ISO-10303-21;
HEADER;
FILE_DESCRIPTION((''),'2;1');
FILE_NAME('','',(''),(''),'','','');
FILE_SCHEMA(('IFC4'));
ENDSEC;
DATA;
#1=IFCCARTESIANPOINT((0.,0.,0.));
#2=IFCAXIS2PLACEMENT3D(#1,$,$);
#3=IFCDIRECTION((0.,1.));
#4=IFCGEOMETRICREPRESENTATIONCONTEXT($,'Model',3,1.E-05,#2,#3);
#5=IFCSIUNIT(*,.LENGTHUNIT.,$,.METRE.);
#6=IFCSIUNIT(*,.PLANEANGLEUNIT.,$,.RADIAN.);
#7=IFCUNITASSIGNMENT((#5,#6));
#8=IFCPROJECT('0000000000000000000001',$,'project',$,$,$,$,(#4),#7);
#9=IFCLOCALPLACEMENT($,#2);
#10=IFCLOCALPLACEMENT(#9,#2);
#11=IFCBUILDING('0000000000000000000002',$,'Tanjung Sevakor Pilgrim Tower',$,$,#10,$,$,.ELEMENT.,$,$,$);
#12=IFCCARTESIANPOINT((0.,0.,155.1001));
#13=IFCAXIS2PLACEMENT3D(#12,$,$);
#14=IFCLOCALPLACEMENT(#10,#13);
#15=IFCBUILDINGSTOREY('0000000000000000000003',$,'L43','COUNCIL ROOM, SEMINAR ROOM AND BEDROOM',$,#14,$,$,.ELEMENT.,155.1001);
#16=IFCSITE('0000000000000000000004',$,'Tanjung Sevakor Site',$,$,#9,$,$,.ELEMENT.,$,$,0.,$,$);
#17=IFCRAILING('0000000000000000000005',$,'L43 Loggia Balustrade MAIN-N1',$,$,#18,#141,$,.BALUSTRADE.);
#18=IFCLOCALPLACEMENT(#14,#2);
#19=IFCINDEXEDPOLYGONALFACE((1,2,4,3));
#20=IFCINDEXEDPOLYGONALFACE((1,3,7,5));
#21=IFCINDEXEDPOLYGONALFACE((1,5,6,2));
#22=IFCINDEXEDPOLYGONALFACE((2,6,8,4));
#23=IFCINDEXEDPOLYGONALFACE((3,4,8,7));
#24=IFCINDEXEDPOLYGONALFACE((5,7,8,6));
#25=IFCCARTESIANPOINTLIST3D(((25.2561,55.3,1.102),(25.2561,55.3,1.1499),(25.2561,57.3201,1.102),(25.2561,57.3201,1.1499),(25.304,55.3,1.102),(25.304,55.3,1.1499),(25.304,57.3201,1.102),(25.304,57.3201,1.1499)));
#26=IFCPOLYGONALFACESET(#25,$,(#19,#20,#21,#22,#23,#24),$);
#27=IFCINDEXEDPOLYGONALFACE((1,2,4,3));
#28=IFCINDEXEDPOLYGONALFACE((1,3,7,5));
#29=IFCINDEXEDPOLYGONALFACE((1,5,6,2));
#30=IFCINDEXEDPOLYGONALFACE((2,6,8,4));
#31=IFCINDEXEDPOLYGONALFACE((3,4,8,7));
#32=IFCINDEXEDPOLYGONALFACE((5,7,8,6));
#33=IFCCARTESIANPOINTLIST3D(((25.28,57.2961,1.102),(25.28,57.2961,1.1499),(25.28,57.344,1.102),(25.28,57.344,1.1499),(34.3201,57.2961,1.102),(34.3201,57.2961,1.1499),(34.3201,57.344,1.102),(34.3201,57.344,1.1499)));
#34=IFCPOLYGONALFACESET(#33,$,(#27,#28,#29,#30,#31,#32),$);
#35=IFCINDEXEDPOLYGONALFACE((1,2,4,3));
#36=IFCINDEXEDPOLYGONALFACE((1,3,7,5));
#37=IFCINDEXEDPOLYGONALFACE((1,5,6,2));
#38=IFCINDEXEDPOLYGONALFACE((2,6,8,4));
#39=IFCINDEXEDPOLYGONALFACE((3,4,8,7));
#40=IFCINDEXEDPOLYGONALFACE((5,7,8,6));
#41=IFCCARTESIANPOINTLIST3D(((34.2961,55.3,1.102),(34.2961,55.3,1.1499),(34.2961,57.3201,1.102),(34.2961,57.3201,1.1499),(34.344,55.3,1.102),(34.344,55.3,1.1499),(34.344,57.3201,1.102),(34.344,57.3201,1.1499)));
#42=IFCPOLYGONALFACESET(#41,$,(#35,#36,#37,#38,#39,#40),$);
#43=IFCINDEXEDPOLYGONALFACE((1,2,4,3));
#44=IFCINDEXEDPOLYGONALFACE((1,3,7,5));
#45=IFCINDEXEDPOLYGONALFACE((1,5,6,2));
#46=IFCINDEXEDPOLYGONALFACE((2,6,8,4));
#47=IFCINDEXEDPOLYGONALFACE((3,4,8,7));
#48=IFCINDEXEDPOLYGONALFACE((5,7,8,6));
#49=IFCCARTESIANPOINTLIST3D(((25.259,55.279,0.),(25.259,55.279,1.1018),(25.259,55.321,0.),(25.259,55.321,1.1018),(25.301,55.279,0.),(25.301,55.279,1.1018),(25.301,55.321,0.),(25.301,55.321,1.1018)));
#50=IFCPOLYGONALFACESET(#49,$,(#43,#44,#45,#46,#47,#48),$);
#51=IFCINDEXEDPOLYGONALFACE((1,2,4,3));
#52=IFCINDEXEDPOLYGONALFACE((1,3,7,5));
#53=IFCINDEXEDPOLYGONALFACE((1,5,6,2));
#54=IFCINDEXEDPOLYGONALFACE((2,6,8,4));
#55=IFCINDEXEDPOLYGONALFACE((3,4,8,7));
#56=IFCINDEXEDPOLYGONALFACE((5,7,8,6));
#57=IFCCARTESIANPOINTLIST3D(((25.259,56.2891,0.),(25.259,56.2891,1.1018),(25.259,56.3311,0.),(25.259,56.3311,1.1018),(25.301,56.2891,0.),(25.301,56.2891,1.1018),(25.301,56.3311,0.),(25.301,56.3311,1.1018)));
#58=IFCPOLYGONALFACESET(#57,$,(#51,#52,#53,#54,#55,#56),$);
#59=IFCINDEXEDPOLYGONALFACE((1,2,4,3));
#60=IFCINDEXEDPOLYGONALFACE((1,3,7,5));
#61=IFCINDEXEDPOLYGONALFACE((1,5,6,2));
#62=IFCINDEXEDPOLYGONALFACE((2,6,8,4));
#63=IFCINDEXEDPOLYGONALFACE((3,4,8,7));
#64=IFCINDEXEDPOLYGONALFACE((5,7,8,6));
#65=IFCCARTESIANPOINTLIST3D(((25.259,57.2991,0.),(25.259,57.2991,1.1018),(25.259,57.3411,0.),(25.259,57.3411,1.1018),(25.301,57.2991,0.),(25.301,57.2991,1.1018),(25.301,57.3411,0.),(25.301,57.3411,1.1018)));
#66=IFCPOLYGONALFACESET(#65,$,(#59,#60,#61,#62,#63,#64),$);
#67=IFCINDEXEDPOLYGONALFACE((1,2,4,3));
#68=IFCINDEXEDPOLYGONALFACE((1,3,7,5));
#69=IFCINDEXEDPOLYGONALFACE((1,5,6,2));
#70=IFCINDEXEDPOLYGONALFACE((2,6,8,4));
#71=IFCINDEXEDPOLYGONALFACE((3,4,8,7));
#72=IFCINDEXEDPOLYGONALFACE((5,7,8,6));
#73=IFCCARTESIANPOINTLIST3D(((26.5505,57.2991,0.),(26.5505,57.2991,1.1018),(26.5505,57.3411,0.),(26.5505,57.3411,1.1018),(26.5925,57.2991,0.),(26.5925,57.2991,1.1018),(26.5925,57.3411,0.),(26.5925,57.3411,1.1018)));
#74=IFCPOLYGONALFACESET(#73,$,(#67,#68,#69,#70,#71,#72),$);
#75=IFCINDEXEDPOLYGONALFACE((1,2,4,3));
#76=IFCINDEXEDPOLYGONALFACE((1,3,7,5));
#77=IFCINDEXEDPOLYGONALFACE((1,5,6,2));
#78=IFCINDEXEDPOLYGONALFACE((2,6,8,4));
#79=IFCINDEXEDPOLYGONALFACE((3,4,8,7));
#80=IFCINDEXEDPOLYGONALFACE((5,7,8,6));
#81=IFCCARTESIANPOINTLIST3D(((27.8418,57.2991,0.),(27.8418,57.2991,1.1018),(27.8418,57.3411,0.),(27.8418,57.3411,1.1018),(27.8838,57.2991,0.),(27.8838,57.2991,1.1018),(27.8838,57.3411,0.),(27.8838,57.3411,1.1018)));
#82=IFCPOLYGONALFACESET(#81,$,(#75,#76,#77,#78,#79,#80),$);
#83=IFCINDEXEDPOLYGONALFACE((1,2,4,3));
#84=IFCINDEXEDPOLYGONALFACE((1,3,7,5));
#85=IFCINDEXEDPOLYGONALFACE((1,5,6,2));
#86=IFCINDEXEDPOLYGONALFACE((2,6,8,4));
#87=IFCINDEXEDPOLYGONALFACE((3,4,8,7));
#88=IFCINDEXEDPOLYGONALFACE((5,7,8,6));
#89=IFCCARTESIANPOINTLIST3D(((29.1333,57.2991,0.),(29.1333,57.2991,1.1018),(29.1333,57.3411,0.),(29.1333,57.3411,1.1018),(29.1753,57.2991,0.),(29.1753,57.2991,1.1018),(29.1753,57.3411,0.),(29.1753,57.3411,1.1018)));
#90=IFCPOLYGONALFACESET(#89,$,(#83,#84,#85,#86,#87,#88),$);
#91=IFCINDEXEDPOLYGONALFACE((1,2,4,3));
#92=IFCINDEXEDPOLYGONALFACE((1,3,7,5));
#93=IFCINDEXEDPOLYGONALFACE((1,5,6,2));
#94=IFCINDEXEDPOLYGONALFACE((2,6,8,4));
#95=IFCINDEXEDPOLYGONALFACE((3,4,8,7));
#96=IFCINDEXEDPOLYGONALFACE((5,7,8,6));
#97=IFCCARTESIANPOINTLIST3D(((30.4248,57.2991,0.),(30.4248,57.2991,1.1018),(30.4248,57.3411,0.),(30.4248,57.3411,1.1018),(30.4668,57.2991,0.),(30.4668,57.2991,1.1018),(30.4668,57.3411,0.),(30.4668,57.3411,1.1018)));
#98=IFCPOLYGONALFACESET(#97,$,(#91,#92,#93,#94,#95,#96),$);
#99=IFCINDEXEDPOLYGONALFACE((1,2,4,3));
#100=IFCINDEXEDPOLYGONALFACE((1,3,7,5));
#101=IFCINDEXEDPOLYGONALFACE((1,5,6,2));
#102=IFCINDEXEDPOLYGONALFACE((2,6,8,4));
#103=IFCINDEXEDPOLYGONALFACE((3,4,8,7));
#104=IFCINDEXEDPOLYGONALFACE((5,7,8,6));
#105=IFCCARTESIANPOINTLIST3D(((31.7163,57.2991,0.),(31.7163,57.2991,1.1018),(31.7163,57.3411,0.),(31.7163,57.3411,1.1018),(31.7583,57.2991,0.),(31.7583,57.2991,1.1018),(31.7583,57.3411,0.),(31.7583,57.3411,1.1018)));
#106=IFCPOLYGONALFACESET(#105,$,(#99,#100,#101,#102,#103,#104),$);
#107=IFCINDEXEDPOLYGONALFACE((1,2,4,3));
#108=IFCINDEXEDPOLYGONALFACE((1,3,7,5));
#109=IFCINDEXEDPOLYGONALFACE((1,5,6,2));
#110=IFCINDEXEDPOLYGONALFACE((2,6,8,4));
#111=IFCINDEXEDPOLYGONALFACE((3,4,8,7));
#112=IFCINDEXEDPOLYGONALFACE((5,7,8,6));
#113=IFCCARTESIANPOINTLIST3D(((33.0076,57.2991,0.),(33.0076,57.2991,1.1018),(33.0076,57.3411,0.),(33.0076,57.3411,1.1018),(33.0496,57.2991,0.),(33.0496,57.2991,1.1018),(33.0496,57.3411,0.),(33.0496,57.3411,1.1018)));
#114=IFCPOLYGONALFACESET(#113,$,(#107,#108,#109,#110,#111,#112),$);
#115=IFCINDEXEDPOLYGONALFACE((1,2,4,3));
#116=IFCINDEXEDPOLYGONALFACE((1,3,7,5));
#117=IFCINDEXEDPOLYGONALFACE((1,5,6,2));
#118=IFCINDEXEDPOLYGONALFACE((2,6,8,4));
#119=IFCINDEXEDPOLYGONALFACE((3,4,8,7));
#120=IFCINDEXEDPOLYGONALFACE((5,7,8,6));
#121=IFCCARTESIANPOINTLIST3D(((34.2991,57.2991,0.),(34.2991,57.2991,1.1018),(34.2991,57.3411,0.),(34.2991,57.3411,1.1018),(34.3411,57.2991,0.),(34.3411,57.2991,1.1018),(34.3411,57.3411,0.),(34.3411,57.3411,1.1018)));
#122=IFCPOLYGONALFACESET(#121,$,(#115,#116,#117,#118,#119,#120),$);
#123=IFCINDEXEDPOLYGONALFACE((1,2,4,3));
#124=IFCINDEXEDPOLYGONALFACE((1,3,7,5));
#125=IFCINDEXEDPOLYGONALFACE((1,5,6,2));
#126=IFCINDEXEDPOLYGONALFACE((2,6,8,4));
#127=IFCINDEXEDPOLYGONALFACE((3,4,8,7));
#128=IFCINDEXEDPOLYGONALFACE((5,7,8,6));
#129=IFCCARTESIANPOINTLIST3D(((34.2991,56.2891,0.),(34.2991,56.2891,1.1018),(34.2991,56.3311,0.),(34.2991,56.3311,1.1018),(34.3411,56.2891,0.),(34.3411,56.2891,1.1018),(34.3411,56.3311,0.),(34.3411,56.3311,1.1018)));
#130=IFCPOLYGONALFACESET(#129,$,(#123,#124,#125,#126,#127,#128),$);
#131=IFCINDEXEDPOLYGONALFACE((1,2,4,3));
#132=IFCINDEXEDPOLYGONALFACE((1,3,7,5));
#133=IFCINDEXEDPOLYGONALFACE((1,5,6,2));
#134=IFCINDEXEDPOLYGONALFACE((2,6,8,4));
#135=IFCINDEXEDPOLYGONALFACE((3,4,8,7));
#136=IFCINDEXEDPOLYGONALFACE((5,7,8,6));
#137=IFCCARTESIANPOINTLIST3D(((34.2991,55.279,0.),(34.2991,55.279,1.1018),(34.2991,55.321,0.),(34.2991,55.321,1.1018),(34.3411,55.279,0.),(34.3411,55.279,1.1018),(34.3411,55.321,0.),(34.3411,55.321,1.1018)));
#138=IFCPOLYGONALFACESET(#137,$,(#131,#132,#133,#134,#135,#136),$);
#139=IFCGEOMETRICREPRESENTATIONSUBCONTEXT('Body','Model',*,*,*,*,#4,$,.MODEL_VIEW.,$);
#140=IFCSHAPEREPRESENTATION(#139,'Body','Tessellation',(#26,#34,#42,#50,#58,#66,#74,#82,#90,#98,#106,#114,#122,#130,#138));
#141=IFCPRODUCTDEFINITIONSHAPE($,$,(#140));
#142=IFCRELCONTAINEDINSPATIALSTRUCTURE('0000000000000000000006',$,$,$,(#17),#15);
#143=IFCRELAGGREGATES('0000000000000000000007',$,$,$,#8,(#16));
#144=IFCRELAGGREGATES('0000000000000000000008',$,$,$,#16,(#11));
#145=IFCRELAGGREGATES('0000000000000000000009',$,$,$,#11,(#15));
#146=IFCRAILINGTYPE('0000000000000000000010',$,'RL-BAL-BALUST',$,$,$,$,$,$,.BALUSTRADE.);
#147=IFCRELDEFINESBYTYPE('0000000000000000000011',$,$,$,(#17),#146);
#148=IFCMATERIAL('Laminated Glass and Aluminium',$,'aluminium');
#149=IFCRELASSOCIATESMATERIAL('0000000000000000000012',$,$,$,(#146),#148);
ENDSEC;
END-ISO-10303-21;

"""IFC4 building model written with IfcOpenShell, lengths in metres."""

from ifc_helpers import new_model, si_unit, direction, frame, origin, place, context, subcontext, project, spatial, rectangle, extrude, material, type_object, element, save


model = new_model("IFC4")

# Units and contexts
model_context = context("Model", 3, precision=1e-05, world=origin(), true_north=direction((0.0, 1.0)))
body_context = subcontext(model_context, "Body", "Model", "MODEL_VIEW")
ifc_project = project(units=[si_unit("LENGTHUNIT", "METRE"), si_unit("PLANEANGLEUNIT", "RADIAN")], contexts=[model_context])

# Site, building, storey
site_placement = place(None, origin())
site = spatial("IfcSite", under=ifc_project, at=site_placement, Name="Tanjung Sevakor Site", CompositionType="ELEMENT", RefElevation=0.0)
building_placement = place(site_placement, origin())
building = spatial("IfcBuilding", under=site, at=building_placement, Name="Tanjung Sevakor Pilgrim Tower", CompositionType="ELEMENT")
storey_placement = place(building_placement, frame((0.0, 0.0, 155.1001)))
storey = spatial("IfcBuildingStorey", under=building, at=storey_placement, Name="L43", Description="COUNCIL ROOM, SEMINAR ROOM AND BEDROOM", CompositionType="ELEMENT", Elevation=155.1001)

# Railing
ifc_material_1 = material(Name="Laminated Glass and Aluminium", Category="aluminium")
railing_type = type_object("IfcRailingType", Name="RL-BAL-BALUST", PredefinedType="BALUSTRADE", material=ifc_material_1)
railing_placement = place(storey_placement, frame((25.28, 55.3, 0.0)))
element("IfcRailing", 1, at=railing_placement, inside=storey, type_object=railing_type, Name="L43 Loggia Balustrade MAIN-N1", PredefinedType="BALUSTRADE", context=body_context, shape_type="SweptSolid", body=[
    extrude(rectangle(XDim=0.0479, YDim=0.0479), frame((0.0, 0.0, 1.126), z_axis=(0.0, 1.0, 0.0), x_axis=(-1.0, 0.0, 0.0)), (0.0, 0.0, 1.0), 2.02),
    extrude(rectangle(XDim=0.0479, YDim=0.0479), frame((0.0, 2.02, 1.126), z_axis=(1.0, 0.0, 0.0), x_axis=(0.0, 1.0, 0.0)), (0.0, 0.0, 1.0), 9.04),
    extrude(rectangle(XDim=0.0479, YDim=0.0479), frame((9.04, 2.02, 1.126), z_axis=(0.0, -1.0, 0.0), x_axis=(1.0, 0.0, 0.0)), (0.0, 0.0, 1.0), 2.02),
    extrude(rectangle(XDim=0.042, YDim=0.042), origin(), (0.0, 0.0, 1.0), 1.1018),
    extrude(rectangle(XDim=0.042, YDim=0.042), frame((0.0, 1.01, 0.0)), (0.0, 0.0, 1.0), 1.1018),
    extrude(rectangle(XDim=0.042, YDim=0.042), frame((0.0, 2.02, 0.0)), (0.0, 0.0, 1.0), 1.1018),
    extrude(rectangle(XDim=0.042, YDim=0.042), frame((1.2915, 2.02, 0.0)), (0.0, 0.0, 1.0), 1.1018),
    extrude(rectangle(XDim=0.042, YDim=0.042), frame((2.5828, 2.02, 0.0)), (0.0, 0.0, 1.0), 1.1018),
    extrude(rectangle(XDim=0.042, YDim=0.042), frame((3.8743, 2.02, 0.0)), (0.0, 0.0, 1.0), 1.1018),
    extrude(rectangle(XDim=0.042, YDim=0.042), frame((5.1658, 2.02, 0.0)), (0.0, 0.0, 1.0), 1.1018),
    extrude(rectangle(XDim=0.042, YDim=0.042), frame((6.4573, 2.02, 0.0)), (0.0, 0.0, 1.0), 1.1018),
    extrude(rectangle(XDim=0.042, YDim=0.042), frame((7.7485, 2.02, 0.0)), (0.0, 0.0, 1.0), 1.1018),
    extrude(rectangle(XDim=0.042, YDim=0.042), frame((9.04, 2.02, 0.0)), (0.0, 0.0, 1.0), 1.1018),
    extrude(rectangle(XDim=0.042, YDim=0.042), frame((9.04, 1.01, 0.0)), (0.0, 0.0, 1.0), 1.1018),
    extrude(rectangle(XDim=0.042, YDim=0.042), frame((9.04, 0.0, 0.0)), (0.0, 0.0, 1.0), 1.1018),
])

save(model, "model.ifc")
